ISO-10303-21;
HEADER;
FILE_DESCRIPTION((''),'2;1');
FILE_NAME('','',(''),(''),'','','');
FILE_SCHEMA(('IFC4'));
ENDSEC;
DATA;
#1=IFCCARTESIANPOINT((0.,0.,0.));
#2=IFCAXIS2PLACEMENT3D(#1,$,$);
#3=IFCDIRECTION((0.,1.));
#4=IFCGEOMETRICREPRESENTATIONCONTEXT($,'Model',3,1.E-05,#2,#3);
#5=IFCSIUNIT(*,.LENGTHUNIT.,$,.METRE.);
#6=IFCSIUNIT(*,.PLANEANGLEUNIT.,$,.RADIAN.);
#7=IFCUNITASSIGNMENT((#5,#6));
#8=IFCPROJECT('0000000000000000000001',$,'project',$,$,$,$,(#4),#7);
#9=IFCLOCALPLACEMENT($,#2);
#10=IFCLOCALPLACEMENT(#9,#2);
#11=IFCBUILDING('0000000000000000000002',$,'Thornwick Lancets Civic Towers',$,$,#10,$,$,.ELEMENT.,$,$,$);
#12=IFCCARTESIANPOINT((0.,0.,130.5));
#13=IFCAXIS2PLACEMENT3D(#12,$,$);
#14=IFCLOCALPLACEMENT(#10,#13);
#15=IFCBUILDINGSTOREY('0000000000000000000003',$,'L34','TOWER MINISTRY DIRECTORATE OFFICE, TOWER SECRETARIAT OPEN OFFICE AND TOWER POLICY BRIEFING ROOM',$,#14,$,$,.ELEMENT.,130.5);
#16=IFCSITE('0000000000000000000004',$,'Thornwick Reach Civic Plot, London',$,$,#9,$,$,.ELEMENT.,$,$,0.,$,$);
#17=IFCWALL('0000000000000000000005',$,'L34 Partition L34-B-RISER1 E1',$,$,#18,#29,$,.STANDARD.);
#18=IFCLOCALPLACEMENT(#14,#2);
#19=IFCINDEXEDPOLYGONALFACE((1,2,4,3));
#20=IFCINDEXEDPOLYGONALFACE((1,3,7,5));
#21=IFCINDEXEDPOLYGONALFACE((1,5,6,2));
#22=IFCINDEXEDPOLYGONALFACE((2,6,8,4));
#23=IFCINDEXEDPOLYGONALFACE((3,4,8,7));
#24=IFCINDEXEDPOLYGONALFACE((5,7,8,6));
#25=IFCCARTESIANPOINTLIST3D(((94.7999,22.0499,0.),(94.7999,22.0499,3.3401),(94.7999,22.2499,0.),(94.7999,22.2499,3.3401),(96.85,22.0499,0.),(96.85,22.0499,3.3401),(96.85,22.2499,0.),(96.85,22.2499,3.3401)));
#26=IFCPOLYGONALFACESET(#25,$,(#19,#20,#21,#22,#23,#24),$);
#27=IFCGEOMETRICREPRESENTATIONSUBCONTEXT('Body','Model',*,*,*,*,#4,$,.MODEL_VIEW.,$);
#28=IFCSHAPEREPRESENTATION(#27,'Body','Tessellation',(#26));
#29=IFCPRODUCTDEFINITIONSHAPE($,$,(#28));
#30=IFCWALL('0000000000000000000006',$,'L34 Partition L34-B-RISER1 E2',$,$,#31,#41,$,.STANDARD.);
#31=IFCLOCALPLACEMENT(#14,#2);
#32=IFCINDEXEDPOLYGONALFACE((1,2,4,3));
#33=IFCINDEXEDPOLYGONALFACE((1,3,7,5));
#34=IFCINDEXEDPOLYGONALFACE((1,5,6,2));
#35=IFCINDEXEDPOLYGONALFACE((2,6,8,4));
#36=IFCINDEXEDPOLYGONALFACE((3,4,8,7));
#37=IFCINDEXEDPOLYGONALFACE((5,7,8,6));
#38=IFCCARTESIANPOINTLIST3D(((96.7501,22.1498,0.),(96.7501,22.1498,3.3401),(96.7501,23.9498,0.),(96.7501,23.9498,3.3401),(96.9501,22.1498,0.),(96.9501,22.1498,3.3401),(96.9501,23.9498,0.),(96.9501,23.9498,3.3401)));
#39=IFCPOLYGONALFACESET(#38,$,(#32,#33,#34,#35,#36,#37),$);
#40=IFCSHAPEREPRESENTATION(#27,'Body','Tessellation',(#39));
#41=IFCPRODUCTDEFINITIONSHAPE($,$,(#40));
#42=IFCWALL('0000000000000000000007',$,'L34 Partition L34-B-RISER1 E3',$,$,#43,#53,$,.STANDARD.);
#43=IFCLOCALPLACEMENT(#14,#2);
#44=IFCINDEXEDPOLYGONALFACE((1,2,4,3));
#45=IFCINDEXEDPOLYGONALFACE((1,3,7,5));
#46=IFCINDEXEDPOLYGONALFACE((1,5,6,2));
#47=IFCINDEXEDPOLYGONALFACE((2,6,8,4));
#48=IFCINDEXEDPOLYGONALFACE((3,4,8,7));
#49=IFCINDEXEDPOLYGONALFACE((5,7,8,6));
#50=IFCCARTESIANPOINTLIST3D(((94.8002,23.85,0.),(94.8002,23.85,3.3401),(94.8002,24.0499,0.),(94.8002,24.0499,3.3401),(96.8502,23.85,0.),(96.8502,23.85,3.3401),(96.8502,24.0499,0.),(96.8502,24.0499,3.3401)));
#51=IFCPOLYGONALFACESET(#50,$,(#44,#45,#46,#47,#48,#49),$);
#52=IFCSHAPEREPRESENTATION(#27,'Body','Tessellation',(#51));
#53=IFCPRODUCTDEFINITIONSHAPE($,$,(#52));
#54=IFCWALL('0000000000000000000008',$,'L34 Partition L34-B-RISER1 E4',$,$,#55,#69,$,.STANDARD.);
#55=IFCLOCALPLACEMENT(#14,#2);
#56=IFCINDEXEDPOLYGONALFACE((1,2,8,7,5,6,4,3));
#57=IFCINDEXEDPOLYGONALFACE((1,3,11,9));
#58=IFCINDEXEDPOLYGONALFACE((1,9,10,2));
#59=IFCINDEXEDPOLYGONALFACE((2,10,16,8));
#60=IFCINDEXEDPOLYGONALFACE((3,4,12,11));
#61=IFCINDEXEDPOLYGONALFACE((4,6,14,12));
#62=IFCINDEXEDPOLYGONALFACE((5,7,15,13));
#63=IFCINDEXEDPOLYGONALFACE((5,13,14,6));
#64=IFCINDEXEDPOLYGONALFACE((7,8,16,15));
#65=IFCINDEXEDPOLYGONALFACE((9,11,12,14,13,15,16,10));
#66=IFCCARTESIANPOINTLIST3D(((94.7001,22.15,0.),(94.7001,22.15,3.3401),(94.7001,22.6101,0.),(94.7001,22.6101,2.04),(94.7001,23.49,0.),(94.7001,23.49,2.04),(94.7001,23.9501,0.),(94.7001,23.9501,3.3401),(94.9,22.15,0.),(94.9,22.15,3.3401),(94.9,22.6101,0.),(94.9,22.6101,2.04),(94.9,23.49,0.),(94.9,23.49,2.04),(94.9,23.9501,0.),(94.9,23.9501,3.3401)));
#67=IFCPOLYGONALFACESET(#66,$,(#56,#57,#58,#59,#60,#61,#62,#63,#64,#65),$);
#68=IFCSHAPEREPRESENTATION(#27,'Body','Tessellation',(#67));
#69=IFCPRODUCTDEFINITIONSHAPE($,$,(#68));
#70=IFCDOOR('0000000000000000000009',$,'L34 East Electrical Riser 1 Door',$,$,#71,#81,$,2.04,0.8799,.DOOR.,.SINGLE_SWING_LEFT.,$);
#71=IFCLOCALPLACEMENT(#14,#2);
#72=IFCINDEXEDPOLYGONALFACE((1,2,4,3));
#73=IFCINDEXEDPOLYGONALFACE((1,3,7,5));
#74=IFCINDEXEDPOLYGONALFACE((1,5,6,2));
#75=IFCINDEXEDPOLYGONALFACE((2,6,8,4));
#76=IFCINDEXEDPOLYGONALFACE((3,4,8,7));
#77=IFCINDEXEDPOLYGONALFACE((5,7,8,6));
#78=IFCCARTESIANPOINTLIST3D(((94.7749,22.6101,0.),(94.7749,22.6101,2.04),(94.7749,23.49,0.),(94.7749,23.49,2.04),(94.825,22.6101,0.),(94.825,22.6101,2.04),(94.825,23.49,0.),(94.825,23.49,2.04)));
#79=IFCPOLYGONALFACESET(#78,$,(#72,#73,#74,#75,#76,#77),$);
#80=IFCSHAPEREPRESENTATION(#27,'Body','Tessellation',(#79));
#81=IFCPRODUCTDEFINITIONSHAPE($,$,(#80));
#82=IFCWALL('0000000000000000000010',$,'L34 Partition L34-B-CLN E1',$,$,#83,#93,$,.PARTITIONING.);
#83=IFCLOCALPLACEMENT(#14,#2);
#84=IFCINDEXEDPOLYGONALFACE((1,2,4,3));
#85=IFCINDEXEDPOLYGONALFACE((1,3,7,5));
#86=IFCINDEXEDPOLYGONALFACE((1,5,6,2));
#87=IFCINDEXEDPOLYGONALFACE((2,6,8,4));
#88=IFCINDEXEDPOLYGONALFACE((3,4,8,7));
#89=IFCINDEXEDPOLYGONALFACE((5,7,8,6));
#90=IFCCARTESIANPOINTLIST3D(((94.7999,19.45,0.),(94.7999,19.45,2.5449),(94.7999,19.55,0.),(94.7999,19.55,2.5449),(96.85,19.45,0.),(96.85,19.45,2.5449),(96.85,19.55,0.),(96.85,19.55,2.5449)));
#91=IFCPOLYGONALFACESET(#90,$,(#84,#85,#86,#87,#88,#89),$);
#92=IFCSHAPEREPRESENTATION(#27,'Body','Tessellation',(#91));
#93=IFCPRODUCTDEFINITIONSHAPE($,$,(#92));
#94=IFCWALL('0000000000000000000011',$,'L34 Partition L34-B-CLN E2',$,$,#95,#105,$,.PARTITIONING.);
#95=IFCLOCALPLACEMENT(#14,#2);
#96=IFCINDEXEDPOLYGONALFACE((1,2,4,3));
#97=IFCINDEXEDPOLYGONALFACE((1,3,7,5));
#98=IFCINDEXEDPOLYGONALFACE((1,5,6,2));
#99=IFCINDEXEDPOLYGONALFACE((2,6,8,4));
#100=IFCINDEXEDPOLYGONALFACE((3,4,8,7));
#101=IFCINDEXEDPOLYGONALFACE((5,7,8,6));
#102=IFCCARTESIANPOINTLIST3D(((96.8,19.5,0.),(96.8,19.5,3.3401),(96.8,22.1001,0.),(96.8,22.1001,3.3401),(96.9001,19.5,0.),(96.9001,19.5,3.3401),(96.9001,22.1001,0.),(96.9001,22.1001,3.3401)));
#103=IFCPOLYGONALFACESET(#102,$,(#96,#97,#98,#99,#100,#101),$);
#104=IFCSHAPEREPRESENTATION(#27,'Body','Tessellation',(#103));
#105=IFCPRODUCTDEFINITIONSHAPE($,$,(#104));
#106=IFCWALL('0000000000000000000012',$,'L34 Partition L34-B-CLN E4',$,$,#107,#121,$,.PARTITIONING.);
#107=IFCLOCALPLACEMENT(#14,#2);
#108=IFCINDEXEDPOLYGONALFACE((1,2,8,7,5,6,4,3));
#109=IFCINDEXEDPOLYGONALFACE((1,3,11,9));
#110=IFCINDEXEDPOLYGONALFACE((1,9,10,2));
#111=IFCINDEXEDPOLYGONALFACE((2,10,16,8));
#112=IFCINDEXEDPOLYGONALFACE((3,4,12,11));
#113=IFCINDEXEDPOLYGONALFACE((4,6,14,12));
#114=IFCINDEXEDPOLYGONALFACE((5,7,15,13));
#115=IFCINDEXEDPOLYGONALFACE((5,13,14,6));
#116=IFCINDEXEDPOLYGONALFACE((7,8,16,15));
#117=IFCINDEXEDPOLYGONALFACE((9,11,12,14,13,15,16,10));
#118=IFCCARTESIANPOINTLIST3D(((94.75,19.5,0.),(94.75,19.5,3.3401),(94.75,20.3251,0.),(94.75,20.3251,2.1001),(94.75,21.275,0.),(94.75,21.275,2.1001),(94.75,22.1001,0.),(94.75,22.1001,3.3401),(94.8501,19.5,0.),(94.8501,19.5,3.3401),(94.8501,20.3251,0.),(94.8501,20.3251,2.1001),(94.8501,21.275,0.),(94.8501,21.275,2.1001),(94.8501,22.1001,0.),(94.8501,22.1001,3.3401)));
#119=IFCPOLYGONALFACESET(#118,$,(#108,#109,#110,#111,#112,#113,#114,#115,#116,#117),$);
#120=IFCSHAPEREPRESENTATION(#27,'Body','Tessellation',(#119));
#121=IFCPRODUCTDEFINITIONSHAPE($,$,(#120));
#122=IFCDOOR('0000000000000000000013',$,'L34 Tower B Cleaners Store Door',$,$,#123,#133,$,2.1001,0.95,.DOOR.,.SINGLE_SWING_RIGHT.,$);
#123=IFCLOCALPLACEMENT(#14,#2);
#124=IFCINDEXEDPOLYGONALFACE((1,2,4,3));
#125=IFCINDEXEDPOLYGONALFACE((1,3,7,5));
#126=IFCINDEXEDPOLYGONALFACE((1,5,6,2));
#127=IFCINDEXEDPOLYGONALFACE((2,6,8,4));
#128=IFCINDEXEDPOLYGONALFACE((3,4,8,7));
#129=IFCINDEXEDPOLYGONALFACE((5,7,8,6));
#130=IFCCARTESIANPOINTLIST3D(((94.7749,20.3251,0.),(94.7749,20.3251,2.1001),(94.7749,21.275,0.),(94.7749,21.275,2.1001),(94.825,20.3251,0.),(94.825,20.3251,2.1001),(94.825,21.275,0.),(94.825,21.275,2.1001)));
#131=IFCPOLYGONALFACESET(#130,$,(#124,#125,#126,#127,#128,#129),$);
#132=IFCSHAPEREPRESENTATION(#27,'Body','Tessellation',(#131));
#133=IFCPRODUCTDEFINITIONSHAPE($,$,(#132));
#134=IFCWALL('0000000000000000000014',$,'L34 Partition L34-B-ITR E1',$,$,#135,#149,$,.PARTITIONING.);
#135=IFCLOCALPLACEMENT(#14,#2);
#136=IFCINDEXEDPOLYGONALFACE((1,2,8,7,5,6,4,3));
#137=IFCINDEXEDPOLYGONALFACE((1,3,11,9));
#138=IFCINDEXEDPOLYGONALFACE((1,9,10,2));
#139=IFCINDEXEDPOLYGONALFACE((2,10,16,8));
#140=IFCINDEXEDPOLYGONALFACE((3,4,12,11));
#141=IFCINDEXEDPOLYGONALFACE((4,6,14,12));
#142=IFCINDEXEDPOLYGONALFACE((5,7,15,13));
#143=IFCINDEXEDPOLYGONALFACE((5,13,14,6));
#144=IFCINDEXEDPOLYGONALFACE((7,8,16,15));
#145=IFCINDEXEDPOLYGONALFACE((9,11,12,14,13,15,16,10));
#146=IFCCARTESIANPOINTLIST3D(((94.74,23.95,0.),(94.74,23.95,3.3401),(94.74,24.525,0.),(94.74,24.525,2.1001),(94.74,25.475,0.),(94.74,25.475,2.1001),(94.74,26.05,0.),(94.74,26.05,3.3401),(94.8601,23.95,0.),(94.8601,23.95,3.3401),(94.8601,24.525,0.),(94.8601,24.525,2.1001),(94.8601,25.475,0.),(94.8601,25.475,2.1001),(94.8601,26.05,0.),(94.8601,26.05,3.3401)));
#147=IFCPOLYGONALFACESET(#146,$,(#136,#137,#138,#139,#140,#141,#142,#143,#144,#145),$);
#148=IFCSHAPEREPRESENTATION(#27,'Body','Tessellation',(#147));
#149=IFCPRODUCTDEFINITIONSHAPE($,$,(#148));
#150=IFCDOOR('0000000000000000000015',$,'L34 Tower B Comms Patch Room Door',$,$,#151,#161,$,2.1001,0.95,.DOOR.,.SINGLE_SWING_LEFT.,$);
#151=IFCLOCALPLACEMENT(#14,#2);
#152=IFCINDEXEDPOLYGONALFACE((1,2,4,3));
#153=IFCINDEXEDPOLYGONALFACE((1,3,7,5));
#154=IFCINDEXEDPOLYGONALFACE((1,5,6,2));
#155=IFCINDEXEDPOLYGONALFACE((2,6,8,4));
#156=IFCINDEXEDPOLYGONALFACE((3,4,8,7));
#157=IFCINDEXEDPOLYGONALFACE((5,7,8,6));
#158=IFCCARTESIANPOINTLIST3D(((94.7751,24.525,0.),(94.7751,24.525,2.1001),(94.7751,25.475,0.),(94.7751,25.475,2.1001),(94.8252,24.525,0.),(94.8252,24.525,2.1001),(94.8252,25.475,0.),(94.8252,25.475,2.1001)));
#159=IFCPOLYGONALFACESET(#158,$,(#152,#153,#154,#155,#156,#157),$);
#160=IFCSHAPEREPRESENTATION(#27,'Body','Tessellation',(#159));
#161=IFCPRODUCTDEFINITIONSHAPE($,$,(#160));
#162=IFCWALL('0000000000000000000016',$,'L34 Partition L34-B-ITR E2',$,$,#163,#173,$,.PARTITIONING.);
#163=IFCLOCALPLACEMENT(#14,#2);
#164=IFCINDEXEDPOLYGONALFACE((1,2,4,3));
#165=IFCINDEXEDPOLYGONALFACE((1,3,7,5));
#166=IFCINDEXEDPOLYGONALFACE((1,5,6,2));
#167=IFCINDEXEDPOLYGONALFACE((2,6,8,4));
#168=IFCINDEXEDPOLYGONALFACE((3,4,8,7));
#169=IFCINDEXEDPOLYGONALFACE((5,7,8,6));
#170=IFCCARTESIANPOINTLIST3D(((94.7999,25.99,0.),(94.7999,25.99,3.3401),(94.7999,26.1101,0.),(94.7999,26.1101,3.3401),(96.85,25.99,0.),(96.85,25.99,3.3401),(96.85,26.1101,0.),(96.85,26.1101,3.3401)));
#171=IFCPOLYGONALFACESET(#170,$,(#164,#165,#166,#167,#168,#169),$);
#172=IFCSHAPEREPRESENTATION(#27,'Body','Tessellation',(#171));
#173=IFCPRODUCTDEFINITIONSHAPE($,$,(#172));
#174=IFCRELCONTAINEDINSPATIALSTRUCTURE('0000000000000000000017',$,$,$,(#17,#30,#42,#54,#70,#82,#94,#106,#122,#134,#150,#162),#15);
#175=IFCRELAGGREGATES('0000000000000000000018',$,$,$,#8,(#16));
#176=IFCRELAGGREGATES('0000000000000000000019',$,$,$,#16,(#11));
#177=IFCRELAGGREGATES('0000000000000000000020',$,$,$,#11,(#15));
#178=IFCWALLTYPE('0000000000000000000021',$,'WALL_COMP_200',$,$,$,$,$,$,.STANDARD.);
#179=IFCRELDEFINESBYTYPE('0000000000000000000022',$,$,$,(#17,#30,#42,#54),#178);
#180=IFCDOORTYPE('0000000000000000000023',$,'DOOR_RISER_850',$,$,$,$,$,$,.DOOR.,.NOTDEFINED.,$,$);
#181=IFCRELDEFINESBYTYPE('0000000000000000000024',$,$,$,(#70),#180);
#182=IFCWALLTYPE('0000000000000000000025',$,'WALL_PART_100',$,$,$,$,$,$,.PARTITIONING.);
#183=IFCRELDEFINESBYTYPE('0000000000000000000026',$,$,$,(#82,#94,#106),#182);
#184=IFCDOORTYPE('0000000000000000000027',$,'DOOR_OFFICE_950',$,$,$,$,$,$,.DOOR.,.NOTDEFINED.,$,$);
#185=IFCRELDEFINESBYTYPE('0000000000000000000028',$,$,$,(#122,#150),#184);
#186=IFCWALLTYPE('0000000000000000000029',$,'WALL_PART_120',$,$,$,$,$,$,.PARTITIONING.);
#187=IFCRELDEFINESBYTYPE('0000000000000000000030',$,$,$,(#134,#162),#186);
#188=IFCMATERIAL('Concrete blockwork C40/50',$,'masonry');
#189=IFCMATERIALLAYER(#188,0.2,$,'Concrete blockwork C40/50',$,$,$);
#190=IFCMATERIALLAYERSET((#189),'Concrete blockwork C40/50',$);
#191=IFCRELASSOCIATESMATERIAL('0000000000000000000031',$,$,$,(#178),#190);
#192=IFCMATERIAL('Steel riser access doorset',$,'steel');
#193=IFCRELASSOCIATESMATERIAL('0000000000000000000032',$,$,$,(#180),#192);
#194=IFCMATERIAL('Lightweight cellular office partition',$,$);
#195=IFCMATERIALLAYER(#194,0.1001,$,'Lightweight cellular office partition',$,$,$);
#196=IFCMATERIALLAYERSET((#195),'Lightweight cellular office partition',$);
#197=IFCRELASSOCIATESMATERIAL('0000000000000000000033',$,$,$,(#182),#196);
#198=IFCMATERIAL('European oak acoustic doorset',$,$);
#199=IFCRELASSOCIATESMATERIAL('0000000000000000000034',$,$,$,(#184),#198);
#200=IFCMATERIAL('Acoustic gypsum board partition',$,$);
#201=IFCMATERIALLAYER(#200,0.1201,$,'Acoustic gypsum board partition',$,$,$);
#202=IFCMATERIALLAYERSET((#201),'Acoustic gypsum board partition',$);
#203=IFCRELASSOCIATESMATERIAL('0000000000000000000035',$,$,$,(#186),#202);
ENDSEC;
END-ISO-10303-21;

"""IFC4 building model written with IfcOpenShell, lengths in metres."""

from ifc_helpers import new_model, si_unit, direction, frame, frame_2d, origin, place, context, subcontext, project, spatial, rectangle, extrude, material, layer, layer_set, type_object, element, fill, save


model = new_model("IFC4")

# Units and contexts
model_context = context("Model", 3, precision=1e-05, world=origin(), true_north=direction((0.0, 1.0)))
body_context = subcontext(model_context, "Body", "Model", "MODEL_VIEW")
ifc_project = project(units=[si_unit("LENGTHUNIT", "METRE"), si_unit("PLANEANGLEUNIT", "RADIAN")], contexts=[model_context])

# Site, building, storey
site_placement = place(None, origin())
site = spatial("IfcSite", under=ifc_project, at=site_placement, Name="Thornwick Reach Civic Plot, London", CompositionType="ELEMENT", RefElevation=0.0)
building_placement = place(site_placement, origin())
building = spatial("IfcBuilding", under=site, at=building_placement, Name="Thornwick Lancets Civic Towers", CompositionType="ELEMENT")
storey_placement = place(building_placement, frame((0.0, 0.0, 130.5)))
storey = spatial("IfcBuildingStorey", under=building, at=storey_placement, Name="L34", Description="TOWER MINISTRY DIRECTORATE OFFICE, TOWER SECRETARIAT OPEN OFFICE AND TOWER POLICY BRIEFING ROOM", CompositionType="ELEMENT", Elevation=130.5)

# Shared definitions
ifc_material_1 = material(Name="Concrete blockwork C40/50", Category="masonry")
ifc_layer_1 = layer(ifc_material_1, 0.2, Name="Concrete blockwork C40/50")
ifc_layer_set_1 = layer_set([ifc_layer_1], Name="Concrete blockwork C40/50")
wall_type_1 = type_object("IfcWallType", Name="WALL_COMP_200", PredefinedType="STANDARD", material=ifc_layer_set_1)

# Walls
wall_1_placement = place(storey_placement, frame((94.8, 22.1499, 0.0), z_axis=(0.0, 0.0, 1.0), x_axis=(1.0, 0.0, 0.0)))
element("IfcWall", 1, at=wall_1_placement, inside=storey, type_object=wall_type_1, Name="L34 Partition L34-B-RISER1 E1", PredefinedType="STANDARD", context=body_context, shape_type="SweptSolid", body=[
    extrude(rectangle(XDim=2.05, YDim=0.2, at=frame_2d((1.0249, 0.0))), origin(), (0.0, 0.0, 1.0), 3.3401),
])
wall_2_placement = place(storey_placement, frame((96.8501, 22.1499, 0.0), z_axis=(0.0, 0.0, 1.0), x_axis=(0.0, 1.0, 0.0)))
element("IfcWall", 2, at=wall_2_placement, inside=storey, type_object=wall_type_1, Name="L34 Partition L34-B-RISER1 E2", PredefinedType="STANDARD", context=body_context, shape_type="SweptSolid", body=[
    extrude(rectangle(XDim=1.8, YDim=0.2, at=frame_2d((0.8999, 0.0))), origin(), (0.0, 0.0, 1.0), 3.3401),
])
wall_3_placement = place(storey_placement, frame((96.8501, 23.95, 0.0), z_axis=(0.0, 0.0, 1.0), x_axis=(-1.0, 0.0, 0.0)))
element("IfcWall", 3, at=wall_3_placement, inside=storey, type_object=wall_type_1, Name="L34 Partition L34-B-RISER1 E3", PredefinedType="STANDARD", context=body_context, shape_type="SweptSolid", body=[
    extrude(rectangle(XDim=2.05, YDim=0.2, at=frame_2d((1.0249, 0.0))), origin(), (0.0, 0.0, 1.0), 3.3401),
])

# Wall, opening, door
wall_4_placement = place(storey_placement, frame((94.8, 23.95, 0.0), z_axis=(0.0, 0.0, 1.0), x_axis=(0.0, -1.0, 0.0)))
wall_4 = element("IfcWall", 4, at=wall_4_placement, inside=storey, type_object=wall_type_1, Name="L34 Partition L34-B-RISER1 E4", PredefinedType="STANDARD", context=body_context, shape_type="SweptSolid", body=[
    extrude(rectangle(XDim=1.8, YDim=0.2, at=frame_2d((0.8999, 0.0))), origin(), (0.0, 0.0, 1.0), 3.3401),
])
opening_1_placement = place(wall_4_placement, frame((0.46, 0.0, 0.0)))
opening_1 = element("IfcOpeningElement", 5, at=opening_1_placement, cuts=wall_4, PredefinedType="OPENING", context=body_context, shape_type="SweptSolid", body=[
    extrude(rectangle(XDim=0.8799, YDim=2.04, at=frame_2d((0.4399, 1.02))), frame((0.0, 0.1099, 0.0), z_axis=(0.0, -1.0, 0.0), x_axis=(1.0, 0.0, 0.0)), (0.0, 0.0, 1.0), 0.22),
])
ifc_material_2 = material(Name="Steel riser access doorset", Category="steel")
door_type_1 = type_object("IfcDoorType", Name="DOOR_RISER_850", OperationType="NOTDEFINED", PredefinedType="DOOR", material=ifc_material_2)
door_1_placement = place(opening_1_placement, origin())
door_1 = element("IfcDoor", 6, at=door_1_placement, inside=storey, type_object=door_type_1, Name="L34 East Electrical Riser 1 Door", OperationType="SINGLE_SWING_LEFT", OverallHeight=2.04, OverallWidth=0.8799, PredefinedType="DOOR", context=body_context, shape_type="SweptSolid", body=[
    extrude(rectangle(XDim=0.8799, YDim=2.04, at=frame_2d((0.4399, 1.02))), frame((0.0, 0.0249, 0.0), z_axis=(0.0, -1.0, 0.0), x_axis=(1.0, 0.0, 0.0)), (0.0, 0.0, 1.0), 0.05),
])
fill(opening_1, door_1)

# Walls
ifc_material_3 = material(Name="Lightweight cellular office partition")
ifc_layer_2 = layer(ifc_material_3, 0.1001, Name="Lightweight cellular office partition")
ifc_layer_set_2 = layer_set([ifc_layer_2], Name="Lightweight cellular office partition")
wall_type_2 = type_object("IfcWallType", Name="WALL_PART_100", PredefinedType="PARTITIONING", material=ifc_layer_set_2)
wall_5_placement = place(storey_placement, frame((94.8, 19.5, 0.0), z_axis=(0.0, 0.0, 1.0), x_axis=(1.0, 0.0, 0.0)))
element("IfcWall", 7, at=wall_5_placement, inside=storey, type_object=wall_type_2, Name="L34 Partition L34-B-CLN E1", PredefinedType="PARTITIONING", context=body_context, shape_type="SweptSolid", body=[
    extrude(rectangle(XDim=2.05, YDim=0.1001, at=frame_2d((1.0249, 0.0))), origin(), (0.0, 0.0, 1.0), 2.5449),
])
wall_6_placement = place(storey_placement, frame((96.8501, 19.5, 0.0), z_axis=(0.0, 0.0, 1.0), x_axis=(0.0, 1.0, 0.0)))
element("IfcWall", 8, at=wall_6_placement, inside=storey, type_object=wall_type_2, Name="L34 Partition L34-B-CLN E2", PredefinedType="PARTITIONING", context=body_context, shape_type="SweptSolid", body=[
    extrude(rectangle(XDim=2.6001, YDim=0.1001, at=frame_2d((1.3, 0.0))), origin(), (0.0, 0.0, 1.0), 3.3401),
])

# Walls, openings, doors
wall_7_placement = place(storey_placement, frame((94.8, 22.1001, 0.0), z_axis=(0.0, 0.0, 1.0), x_axis=(0.0, -1.0, 0.0)))
wall_7 = element("IfcWall", 9, at=wall_7_placement, inside=storey, type_object=wall_type_2, Name="L34 Partition L34-B-CLN E4", PredefinedType="PARTITIONING", context=body_context, shape_type="SweptSolid", body=[
    extrude(rectangle(XDim=2.6001, YDim=0.1001, at=frame_2d((1.3, 0.0))), origin(), (0.0, 0.0, 1.0), 3.3401),
])
opening_2_placement = place(wall_7_placement, frame((0.825, 0.0, 0.0)))
opening_2 = element("IfcOpeningElement", 10, at=opening_2_placement, cuts=wall_7, PredefinedType="OPENING", context=body_context, shape_type="SweptSolid", body=[
    extrude(rectangle(XDim=0.95, YDim=2.1001, at=frame_2d((0.4751, 1.05))), frame((0.0, 0.0601, 0.0), z_axis=(0.0, -1.0, 0.0), x_axis=(1.0, 0.0, 0.0)), (0.0, 0.0, 1.0), 0.1201),
])
ifc_material_4 = material(Name="European oak acoustic doorset")
door_type_2 = type_object("IfcDoorType", Name="DOOR_OFFICE_950", OperationType="NOTDEFINED", PredefinedType="DOOR", material=ifc_material_4)
door_2_placement = place(opening_2_placement, origin())
door_2 = element("IfcDoor", 11, at=door_2_placement, inside=storey, type_object=door_type_2, Name="L34 Tower B Cleaners Store Door", OperationType="SINGLE_SWING_RIGHT", OverallHeight=2.1001, OverallWidth=0.95, PredefinedType="DOOR", context=body_context, shape_type="SweptSolid", body=[
    extrude(rectangle(XDim=0.95, YDim=2.1001, at=frame_2d((0.4751, 1.05))), frame((0.0, 0.0249, 0.0), z_axis=(0.0, -1.0, 0.0), x_axis=(1.0, 0.0, 0.0)), (0.0, 0.0, 1.0), 0.05),
])
fill(opening_2, door_2)
ifc_material_5 = material(Name="Acoustic gypsum board partition")
ifc_layer_3 = layer(ifc_material_5, 0.1201, Name="Acoustic gypsum board partition")
ifc_layer_set_3 = layer_set([ifc_layer_3], Name="Acoustic gypsum board partition")
wall_type_3 = type_object("IfcWallType", Name="WALL_PART_120", PredefinedType="PARTITIONING", material=ifc_layer_set_3)
wall_8_placement = place(storey_placement, frame((94.8, 23.95, 0.0), z_axis=(0.0, 0.0, 1.0), x_axis=(0.0, 1.0, 0.0)))
wall_8 = element("IfcWall", 12, at=wall_8_placement, inside=storey, type_object=wall_type_3, Name="L34 Partition L34-B-ITR E1", PredefinedType="PARTITIONING", context=body_context, shape_type="SweptSolid", body=[
    extrude(rectangle(XDim=2.1001, YDim=0.1201, at=frame_2d((1.05, 0.0))), origin(), (0.0, 0.0, 1.0), 3.3401),
])
opening_3_placement = place(wall_8_placement, frame((0.575, 0.0, 0.0)))
opening_3 = element("IfcOpeningElement", 13, at=opening_3_placement, cuts=wall_8, PredefinedType="OPENING", context=body_context, shape_type="SweptSolid", body=[
    extrude(rectangle(XDim=0.95, YDim=2.1001, at=frame_2d((0.4751, 1.05))), frame((0.0, 0.0701, 0.0), z_axis=(0.0, -1.0, 0.0), x_axis=(1.0, 0.0, 0.0)), (0.0, 0.0, 1.0), 0.1401),
])
door_3_placement = place(opening_3_placement, origin())
door_3 = element("IfcDoor", 14, at=door_3_placement, inside=storey, type_object=door_type_2, Name="L34 Tower B Comms Patch Room Door", OperationType="SINGLE_SWING_LEFT", OverallHeight=2.1001, OverallWidth=0.95, PredefinedType="DOOR", context=body_context, shape_type="SweptSolid", body=[
    extrude(rectangle(XDim=0.95, YDim=2.1001, at=frame_2d((0.4751, 1.05))), frame((0.0, 0.0249, 0.0), z_axis=(0.0, -1.0, 0.0), x_axis=(1.0, 0.0, 0.0)), (0.0, 0.0, 1.0), 0.05),
])
fill(opening_3, door_3)

# Wall
wall_9_placement = place(storey_placement, frame((94.8, 26.05, 0.0), z_axis=(0.0, 0.0, 1.0), x_axis=(1.0, 0.0, 0.0)))
element("IfcWall", 15, at=wall_9_placement, inside=storey, type_object=wall_type_3, Name="L34 Partition L34-B-ITR E2", PredefinedType="PARTITIONING", context=body_context, shape_type="SweptSolid", body=[
    extrude(rectangle(XDim=2.05, YDim=0.1201, at=frame_2d((1.0249, 0.0))), origin(), (0.0, 0.0, 1.0), 3.3401),
])

save(model, "model.ifc")
